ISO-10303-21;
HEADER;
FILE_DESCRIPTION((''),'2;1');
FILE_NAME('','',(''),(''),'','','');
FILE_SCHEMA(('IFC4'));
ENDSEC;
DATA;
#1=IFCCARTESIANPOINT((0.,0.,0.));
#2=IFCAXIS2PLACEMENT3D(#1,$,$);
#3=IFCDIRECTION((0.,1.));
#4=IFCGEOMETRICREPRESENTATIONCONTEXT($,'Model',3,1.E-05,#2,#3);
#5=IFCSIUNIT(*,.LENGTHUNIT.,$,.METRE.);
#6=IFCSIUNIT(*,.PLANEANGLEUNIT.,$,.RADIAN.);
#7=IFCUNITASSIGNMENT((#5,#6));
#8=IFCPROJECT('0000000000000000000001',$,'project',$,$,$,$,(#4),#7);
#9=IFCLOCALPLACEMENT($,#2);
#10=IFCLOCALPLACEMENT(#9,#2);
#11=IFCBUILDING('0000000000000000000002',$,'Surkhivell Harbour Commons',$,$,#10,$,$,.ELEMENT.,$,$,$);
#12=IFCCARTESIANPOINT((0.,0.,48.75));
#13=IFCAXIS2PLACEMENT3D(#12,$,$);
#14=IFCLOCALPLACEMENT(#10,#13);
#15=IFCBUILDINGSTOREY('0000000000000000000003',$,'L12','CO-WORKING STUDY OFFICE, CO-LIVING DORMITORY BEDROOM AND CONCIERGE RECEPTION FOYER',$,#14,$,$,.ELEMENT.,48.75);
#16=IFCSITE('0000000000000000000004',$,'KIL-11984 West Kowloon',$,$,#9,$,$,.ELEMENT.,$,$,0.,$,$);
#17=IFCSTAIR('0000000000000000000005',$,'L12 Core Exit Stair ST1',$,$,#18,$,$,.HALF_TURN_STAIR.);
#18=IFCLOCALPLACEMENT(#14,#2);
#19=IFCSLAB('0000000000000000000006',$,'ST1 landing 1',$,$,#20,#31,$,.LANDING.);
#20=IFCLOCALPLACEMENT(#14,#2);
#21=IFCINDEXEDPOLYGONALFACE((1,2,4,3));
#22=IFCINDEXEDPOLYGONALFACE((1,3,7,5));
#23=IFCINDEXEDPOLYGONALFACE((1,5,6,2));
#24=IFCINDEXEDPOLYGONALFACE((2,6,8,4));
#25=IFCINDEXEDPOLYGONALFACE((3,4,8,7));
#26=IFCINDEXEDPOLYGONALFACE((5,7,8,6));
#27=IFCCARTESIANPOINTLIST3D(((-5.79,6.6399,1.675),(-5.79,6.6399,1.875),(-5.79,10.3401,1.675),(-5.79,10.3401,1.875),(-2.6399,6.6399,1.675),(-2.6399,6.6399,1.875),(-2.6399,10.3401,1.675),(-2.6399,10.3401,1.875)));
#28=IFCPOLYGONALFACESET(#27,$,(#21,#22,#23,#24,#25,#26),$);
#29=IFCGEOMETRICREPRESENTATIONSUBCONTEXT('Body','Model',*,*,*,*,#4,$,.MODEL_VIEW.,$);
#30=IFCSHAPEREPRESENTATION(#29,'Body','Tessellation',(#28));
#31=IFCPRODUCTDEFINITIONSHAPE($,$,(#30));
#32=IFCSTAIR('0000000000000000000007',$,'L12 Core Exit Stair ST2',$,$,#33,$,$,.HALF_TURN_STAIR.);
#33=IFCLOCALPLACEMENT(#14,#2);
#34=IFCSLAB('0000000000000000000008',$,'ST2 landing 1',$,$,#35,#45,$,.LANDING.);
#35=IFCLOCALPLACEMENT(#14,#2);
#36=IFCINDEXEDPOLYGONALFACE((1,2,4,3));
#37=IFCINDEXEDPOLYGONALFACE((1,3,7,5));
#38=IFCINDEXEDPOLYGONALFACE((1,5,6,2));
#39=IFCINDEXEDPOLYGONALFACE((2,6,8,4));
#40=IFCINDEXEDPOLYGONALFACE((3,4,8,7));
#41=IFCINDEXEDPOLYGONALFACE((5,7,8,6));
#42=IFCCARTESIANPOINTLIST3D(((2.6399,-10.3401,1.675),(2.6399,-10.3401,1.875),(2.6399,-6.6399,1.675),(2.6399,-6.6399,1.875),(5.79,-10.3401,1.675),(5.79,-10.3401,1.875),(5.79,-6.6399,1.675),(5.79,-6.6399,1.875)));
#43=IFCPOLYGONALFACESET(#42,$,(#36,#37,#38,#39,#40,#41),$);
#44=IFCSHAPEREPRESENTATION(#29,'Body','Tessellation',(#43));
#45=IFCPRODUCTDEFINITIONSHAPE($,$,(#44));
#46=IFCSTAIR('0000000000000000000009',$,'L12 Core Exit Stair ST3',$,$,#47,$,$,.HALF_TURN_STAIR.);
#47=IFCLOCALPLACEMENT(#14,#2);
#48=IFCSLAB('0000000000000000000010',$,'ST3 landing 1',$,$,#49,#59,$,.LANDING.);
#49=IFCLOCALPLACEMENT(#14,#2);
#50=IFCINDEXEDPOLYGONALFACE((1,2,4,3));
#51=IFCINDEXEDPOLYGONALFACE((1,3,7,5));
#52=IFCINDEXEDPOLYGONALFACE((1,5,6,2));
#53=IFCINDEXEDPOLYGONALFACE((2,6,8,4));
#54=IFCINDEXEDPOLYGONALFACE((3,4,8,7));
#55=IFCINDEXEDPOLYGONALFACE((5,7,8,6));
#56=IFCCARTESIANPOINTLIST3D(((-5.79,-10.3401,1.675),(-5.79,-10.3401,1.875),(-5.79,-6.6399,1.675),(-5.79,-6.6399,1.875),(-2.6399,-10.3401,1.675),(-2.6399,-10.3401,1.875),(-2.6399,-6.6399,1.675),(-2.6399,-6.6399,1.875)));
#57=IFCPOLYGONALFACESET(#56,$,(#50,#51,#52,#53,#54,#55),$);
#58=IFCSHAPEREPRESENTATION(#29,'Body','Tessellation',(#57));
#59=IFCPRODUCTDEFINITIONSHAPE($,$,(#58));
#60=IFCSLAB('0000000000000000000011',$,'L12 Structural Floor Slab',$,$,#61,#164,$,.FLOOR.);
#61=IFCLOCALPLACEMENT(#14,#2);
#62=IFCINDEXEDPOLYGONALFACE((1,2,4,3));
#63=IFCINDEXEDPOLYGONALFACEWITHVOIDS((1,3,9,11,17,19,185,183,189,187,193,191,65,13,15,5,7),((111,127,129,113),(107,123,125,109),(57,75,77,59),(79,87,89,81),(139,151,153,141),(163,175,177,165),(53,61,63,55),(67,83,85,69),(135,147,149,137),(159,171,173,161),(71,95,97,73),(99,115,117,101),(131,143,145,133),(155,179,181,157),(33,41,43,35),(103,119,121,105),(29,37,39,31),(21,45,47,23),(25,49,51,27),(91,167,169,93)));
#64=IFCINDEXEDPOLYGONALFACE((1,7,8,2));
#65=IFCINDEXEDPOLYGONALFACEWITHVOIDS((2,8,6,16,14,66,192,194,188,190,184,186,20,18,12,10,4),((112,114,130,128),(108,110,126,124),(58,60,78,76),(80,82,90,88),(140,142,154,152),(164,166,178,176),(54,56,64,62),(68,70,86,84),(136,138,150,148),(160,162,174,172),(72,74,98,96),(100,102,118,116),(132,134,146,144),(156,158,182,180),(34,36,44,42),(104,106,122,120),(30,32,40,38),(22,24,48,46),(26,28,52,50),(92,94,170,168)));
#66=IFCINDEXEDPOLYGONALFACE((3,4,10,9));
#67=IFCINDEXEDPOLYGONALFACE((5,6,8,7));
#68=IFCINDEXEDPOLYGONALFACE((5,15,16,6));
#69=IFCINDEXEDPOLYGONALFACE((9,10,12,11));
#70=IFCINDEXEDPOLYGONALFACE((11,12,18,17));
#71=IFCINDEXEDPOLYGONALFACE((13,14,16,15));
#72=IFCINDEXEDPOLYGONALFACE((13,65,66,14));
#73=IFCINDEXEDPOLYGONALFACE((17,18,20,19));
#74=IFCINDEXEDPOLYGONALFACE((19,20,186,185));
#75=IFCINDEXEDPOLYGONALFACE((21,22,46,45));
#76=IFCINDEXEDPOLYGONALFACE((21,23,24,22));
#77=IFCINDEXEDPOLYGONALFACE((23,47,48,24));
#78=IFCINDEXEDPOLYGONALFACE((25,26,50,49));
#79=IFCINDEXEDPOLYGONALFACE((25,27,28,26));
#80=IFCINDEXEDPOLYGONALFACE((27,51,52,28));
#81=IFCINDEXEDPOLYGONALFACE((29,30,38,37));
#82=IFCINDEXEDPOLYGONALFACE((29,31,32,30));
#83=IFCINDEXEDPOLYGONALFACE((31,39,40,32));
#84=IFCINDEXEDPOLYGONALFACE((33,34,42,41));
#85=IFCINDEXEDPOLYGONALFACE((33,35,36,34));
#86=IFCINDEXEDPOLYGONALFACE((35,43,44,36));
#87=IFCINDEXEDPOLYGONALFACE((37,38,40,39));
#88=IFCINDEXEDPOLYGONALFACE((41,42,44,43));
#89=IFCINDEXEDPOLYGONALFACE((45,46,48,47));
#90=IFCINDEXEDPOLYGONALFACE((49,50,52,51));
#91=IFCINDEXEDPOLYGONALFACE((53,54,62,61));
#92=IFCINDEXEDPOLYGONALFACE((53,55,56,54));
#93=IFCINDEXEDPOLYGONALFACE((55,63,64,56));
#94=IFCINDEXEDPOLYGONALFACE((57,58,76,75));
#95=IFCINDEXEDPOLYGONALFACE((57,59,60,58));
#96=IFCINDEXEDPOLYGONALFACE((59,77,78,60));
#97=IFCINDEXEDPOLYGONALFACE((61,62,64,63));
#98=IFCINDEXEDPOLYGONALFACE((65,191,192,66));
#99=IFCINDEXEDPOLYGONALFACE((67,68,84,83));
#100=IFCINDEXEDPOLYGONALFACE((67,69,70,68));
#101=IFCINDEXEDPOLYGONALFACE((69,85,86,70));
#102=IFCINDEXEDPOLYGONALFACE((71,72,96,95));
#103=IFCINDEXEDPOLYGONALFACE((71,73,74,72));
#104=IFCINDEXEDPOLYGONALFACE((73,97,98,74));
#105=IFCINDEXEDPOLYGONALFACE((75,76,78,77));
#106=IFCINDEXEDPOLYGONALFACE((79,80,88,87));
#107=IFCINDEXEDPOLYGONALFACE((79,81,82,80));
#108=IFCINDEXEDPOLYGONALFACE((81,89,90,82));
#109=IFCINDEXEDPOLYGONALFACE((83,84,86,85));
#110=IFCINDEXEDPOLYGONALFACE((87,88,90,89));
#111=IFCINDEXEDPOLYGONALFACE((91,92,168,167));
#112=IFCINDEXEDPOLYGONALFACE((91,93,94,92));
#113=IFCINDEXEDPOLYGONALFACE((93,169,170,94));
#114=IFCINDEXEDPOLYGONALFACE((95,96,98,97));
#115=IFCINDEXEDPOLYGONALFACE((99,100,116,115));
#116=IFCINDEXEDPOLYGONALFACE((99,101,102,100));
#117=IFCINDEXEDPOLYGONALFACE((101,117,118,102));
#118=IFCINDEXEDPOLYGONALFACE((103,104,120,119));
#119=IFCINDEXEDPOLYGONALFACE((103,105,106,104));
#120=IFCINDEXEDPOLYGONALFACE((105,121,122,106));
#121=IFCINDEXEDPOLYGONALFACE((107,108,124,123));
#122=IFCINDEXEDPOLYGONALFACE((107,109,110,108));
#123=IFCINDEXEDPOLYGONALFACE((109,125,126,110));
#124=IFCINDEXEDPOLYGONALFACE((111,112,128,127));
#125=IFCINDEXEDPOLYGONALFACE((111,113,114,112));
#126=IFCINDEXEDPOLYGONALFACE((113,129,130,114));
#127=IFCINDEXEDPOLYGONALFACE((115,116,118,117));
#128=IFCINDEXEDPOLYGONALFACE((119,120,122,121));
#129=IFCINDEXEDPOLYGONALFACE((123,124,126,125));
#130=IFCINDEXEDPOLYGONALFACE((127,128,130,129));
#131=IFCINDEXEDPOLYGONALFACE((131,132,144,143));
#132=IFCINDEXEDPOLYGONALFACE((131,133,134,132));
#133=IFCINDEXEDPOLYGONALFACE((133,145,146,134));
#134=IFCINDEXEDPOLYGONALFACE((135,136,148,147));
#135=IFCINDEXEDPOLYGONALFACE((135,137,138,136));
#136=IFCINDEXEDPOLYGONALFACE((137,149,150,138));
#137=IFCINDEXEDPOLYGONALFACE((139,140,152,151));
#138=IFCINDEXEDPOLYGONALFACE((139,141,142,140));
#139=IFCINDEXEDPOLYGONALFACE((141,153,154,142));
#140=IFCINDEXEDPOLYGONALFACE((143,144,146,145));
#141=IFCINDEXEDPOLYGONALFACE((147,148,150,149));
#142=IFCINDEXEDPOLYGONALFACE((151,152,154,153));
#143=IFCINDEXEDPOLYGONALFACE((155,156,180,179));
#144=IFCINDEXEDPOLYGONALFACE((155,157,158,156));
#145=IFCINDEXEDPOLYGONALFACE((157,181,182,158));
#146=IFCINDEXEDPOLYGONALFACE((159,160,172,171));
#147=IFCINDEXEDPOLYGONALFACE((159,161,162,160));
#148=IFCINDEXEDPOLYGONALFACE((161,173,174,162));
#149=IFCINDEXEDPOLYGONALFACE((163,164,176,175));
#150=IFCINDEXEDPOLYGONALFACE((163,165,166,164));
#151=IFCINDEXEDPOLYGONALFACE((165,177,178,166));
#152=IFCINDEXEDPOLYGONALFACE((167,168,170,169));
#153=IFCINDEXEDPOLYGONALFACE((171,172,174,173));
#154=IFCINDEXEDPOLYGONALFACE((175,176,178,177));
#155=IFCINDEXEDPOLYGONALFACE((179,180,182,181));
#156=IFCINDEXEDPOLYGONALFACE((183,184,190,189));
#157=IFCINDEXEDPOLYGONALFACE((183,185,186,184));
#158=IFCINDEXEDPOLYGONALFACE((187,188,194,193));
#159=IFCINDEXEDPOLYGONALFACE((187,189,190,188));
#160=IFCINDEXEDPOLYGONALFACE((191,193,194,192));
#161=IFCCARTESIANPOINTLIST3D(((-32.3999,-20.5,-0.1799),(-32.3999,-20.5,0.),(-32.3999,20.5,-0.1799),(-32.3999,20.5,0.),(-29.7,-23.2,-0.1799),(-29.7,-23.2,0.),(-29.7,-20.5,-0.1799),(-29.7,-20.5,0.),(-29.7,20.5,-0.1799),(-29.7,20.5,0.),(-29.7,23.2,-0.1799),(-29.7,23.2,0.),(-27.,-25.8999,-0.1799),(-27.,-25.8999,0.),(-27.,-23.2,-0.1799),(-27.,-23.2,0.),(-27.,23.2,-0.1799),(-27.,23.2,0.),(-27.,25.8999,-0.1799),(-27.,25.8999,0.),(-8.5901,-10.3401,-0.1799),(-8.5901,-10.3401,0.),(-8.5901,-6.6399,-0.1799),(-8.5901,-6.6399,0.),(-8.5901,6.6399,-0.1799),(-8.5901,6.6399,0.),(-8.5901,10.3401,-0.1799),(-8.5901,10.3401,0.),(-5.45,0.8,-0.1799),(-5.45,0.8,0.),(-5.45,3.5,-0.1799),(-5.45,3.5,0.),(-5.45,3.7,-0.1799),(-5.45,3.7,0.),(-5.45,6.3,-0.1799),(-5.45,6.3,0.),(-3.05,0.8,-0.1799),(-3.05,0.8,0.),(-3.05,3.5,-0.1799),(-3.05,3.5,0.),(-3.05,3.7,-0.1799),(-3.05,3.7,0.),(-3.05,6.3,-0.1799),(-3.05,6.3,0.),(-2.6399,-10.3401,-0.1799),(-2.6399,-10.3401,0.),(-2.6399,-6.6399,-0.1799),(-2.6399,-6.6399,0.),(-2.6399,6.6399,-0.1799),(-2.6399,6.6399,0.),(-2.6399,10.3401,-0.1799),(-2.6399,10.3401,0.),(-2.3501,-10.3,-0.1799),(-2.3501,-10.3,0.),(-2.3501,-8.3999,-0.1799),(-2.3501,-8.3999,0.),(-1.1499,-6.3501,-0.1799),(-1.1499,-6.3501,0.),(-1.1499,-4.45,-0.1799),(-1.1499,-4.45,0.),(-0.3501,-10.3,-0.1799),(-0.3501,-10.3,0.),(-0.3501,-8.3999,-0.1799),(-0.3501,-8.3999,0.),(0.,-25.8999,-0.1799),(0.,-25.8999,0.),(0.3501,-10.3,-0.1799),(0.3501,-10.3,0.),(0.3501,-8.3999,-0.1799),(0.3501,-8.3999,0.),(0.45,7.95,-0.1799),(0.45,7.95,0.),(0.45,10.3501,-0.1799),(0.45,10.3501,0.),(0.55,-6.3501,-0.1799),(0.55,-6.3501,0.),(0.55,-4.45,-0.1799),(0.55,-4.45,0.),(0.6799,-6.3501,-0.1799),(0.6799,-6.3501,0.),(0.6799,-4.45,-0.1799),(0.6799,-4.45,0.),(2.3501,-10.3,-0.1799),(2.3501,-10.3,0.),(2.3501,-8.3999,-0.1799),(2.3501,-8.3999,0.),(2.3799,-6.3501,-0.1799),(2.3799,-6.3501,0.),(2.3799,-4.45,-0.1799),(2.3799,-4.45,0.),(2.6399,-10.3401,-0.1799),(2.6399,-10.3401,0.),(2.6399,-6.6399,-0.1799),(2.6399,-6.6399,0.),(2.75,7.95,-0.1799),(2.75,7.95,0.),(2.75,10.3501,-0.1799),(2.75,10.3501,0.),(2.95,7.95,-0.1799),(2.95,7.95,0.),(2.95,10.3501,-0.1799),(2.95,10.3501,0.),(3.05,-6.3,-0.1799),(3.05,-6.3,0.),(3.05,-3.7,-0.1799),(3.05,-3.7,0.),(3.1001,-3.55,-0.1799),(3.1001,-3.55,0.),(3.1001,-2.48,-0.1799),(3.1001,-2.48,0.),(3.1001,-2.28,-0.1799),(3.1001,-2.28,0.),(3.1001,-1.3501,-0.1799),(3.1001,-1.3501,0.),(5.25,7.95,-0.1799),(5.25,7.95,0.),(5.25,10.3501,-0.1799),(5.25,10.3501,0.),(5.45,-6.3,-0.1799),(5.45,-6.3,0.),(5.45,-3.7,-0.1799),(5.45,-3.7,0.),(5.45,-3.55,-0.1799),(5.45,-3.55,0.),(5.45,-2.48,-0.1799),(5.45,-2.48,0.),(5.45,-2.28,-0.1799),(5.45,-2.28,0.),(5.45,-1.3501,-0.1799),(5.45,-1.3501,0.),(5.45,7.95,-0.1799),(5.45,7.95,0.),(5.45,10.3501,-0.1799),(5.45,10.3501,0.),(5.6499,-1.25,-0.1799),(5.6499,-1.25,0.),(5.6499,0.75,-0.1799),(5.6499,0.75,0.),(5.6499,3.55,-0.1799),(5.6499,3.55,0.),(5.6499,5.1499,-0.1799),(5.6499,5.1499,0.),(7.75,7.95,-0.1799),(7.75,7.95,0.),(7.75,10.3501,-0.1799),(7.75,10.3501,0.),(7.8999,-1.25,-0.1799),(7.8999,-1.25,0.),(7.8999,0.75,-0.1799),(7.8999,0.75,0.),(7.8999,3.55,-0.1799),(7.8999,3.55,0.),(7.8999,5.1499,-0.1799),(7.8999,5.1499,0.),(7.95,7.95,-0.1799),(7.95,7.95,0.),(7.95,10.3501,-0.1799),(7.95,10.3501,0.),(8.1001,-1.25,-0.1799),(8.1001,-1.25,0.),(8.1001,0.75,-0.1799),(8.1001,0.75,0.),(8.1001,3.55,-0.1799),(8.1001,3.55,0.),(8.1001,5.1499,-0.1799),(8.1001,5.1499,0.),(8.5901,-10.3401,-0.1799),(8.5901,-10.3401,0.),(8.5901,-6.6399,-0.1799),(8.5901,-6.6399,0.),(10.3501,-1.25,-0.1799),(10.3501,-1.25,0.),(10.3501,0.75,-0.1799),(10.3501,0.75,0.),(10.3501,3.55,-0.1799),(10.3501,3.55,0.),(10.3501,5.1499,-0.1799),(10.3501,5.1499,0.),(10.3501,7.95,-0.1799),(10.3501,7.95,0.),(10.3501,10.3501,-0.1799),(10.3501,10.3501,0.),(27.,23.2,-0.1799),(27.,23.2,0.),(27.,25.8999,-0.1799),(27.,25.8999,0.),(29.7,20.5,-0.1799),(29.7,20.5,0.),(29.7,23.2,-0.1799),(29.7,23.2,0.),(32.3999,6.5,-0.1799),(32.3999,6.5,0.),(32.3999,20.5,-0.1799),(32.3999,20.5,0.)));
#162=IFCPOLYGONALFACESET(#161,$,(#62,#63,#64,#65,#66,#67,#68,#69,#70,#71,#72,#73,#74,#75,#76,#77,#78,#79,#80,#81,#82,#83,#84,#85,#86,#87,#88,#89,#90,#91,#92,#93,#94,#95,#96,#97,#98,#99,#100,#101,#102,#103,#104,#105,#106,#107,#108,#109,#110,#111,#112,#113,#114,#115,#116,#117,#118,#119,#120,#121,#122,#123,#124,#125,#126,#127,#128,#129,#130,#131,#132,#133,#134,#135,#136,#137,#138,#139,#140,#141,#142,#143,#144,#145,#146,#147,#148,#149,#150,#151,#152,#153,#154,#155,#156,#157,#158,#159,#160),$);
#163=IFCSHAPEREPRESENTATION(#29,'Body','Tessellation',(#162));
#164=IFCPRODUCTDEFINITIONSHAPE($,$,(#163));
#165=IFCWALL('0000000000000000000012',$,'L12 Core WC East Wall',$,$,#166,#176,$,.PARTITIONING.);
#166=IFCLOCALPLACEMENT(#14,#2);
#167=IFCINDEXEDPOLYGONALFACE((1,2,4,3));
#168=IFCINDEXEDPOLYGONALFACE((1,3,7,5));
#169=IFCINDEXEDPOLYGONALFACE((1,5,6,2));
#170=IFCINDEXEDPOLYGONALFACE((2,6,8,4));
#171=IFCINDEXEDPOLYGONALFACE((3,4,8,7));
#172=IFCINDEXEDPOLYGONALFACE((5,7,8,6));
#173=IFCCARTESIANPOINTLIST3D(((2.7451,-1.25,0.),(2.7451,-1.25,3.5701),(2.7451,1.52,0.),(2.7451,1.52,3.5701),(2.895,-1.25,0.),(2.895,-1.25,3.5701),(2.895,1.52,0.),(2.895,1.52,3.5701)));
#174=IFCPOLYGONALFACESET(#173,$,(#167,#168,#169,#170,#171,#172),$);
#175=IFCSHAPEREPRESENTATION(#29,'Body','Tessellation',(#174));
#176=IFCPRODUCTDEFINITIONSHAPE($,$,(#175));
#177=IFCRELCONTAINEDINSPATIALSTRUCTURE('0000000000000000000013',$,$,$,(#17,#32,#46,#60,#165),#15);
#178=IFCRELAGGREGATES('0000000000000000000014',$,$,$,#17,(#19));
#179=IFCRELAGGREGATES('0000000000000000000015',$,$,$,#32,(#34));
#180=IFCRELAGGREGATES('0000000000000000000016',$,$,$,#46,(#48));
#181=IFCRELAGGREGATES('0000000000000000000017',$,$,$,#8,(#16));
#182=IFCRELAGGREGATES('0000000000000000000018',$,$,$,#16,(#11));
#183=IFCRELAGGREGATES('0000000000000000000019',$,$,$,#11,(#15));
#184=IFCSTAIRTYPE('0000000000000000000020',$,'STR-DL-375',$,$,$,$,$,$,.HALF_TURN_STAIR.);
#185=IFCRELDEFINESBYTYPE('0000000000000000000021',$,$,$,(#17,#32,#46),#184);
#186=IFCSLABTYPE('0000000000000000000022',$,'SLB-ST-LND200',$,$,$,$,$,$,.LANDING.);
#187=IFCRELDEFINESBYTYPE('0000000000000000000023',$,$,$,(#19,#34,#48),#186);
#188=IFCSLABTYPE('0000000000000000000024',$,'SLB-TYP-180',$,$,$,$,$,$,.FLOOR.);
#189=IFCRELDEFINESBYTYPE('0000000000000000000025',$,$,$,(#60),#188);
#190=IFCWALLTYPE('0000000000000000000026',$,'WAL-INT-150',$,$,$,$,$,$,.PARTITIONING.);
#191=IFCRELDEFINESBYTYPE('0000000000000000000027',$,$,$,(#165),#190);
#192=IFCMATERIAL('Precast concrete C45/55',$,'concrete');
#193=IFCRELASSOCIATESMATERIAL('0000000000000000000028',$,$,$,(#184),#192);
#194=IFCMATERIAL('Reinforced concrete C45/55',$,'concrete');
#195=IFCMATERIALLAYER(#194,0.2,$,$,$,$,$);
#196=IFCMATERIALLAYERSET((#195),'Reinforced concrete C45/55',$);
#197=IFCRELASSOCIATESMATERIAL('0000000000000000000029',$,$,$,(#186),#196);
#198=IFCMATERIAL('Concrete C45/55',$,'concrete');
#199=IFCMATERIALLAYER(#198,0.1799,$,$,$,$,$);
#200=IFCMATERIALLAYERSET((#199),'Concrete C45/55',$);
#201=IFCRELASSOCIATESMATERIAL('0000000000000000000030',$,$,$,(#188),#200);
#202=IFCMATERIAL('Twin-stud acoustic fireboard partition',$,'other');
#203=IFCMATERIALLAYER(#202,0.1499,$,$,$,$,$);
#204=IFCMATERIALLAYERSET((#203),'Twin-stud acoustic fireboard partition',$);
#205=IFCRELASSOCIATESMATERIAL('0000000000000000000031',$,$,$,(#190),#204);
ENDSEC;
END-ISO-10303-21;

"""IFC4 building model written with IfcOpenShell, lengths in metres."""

from ifc_helpers import new_model, si_unit, direction, frame, frame_2d, origin, place, context, subcontext, project, spatial, polyline, rectangle, outline, extrude, material, layer, layer_set, type_object, element, aggregate, save


model = new_model("IFC4")

# Units and contexts
model_context = context("Model", 3, precision=1e-05, world=origin(), true_north=direction((0.0, 1.0)))
body_context = subcontext(model_context, "Body", "Model", "MODEL_VIEW")
ifc_project = project(units=[si_unit("LENGTHUNIT", "METRE"), si_unit("PLANEANGLEUNIT", "RADIAN")], contexts=[model_context])

# Site, building, storey
site_placement = place(None, origin())
site = spatial("IfcSite", under=ifc_project, at=site_placement, Name="KIL-11984 West Kowloon", CompositionType="ELEMENT", RefElevation=0.0)
building_placement = place(site_placement, origin())
building = spatial("IfcBuilding", under=site, at=building_placement, Name="Surkhivell Harbour Commons", CompositionType="ELEMENT")
storey_placement = place(building_placement, frame((0.0, 0.0, 48.75)))
storey = spatial("IfcBuildingStorey", under=building, at=storey_placement, Name="L12", Description="CO-WORKING STUDY OFFICE, CO-LIVING DORMITORY BEDROOM AND CONCIERGE RECEPTION FOYER", CompositionType="ELEMENT", Elevation=48.75)

# Stairs, slabs
ifc_material_1 = material(Name="Precast concrete C45/55", Category="concrete")
stair_type = type_object("IfcStairType", Name="STR-DL-375", PredefinedType="HALF_TURN_STAIR", material=ifc_material_1)
stair_1_placement = place(storey_placement, origin())
stair_1 = element("IfcStair", 1, at=stair_1_placement, inside=storey, type_object=stair_type, Name="L12 Core Exit Stair ST1", PredefinedType="HALF_TURN_STAIR")
ifc_material_2 = material(Name="Reinforced concrete C45/55", Category="concrete")
ifc_layer_1 = layer(ifc_material_2, 0.2)
ifc_layer_set_1 = layer_set([ifc_layer_1], Name="Reinforced concrete C45/55")
slab_type_1 = type_object("IfcSlabType", Name="SLB-ST-LND200", PredefinedType="LANDING", material=ifc_layer_set_1)
slab_1_placement = place(storey_placement, frame((0.0, 0.0, 1.675)))
slab_1 = element("IfcSlab", 2, at=slab_1_placement, type_object=slab_type_1, Name="ST1 landing 1", PredefinedType="LANDING", context=body_context, shape_type="SweptSolid", body=[
    extrude(outline(polyline([(-5.79, 6.6399), (-2.6399, 6.6399), (-2.6399, 10.3401), (-5.79, 10.3401), (-5.79, 6.6399)])), origin(), (0.0, 0.0, 1.0), 0.2),
])
aggregate(stair_1, [slab_1])
stair_2_placement = place(storey_placement, origin())
stair_2 = element("IfcStair", 3, at=stair_2_placement, inside=storey, type_object=stair_type, Name="L12 Core Exit Stair ST2", PredefinedType="HALF_TURN_STAIR")
slab_2_placement = place(storey_placement, frame((0.0, 0.0, 1.675)))
slab_2 = element("IfcSlab", 4, at=slab_2_placement, type_object=slab_type_1, Name="ST2 landing 1", PredefinedType="LANDING", context=body_context, shape_type="SweptSolid", body=[
    extrude(outline(polyline([(5.79, -6.6399), (2.6399, -6.6399), (2.6399, -10.3401), (5.79, -10.3401), (5.79, -6.6399)])), origin(), (0.0, 0.0, 1.0), 0.2),
])
aggregate(stair_2, [slab_2])
stair_3_placement = place(storey_placement, origin())
stair_3 = element("IfcStair", 5, at=stair_3_placement, inside=storey, type_object=stair_type, Name="L12 Core Exit Stair ST3", PredefinedType="HALF_TURN_STAIR")
slab_3_placement = place(storey_placement, frame((0.0, 0.0, 1.675)))
slab_3 = element("IfcSlab", 6, at=slab_3_placement, type_object=slab_type_1, Name="ST3 landing 1", PredefinedType="LANDING", context=body_context, shape_type="SweptSolid", body=[
    extrude(outline(polyline([(-5.79, -10.3401), (-2.6399, -10.3401), (-2.6399, -6.6399), (-5.79, -6.6399), (-5.79, -10.3401)])), origin(), (0.0, 0.0, 1.0), 0.2),
])
aggregate(stair_3, [slab_3])

# Slab
ifc_material_3 = material(Name="Concrete C45/55", Category="concrete")
ifc_layer_2 = layer(ifc_material_3, 0.1799)
ifc_layer_set_2 = layer_set([ifc_layer_2], Name="Concrete C45/55")
slab_type_2 = type_object("IfcSlabType", Name="SLB-TYP-180", PredefinedType="FLOOR", material=ifc_layer_set_2)
slab_4_placement = place(storey_placement, frame((0.0, 0.0, -0.1799)))
element("IfcSlab", 7, at=slab_4_placement, inside=storey, type_object=slab_type_2, Name="L12 Structural Floor Slab", PredefinedType="FLOOR", context=body_context, shape_type="SweptSolid", body=[
    extrude(outline(polyline([(-27.0, -25.8999), (0.0, -25.8999), (32.3999, 6.5), (32.3999, 20.5), (29.7, 20.5), (29.7, 23.2), (27.0, 23.2), (27.0, 25.8999), (-27.0, 25.8999), (-27.0, 23.2), (-29.7, 23.2), (-29.7, 20.5), (-32.3999, 20.5), (-32.3999, -20.5), (-29.7, -20.5), (-29.7, -23.2), (-27.0, -23.2), (-27.0, -25.8999)]), holes=[polyline([(-8.5901, 6.6399), (-2.6399, 6.6399), (-2.6399, 10.3401), (-8.5901, 10.3401), (-8.5901, 6.6399)]), polyline([(8.5901, -6.6399), (2.6399, -6.6399), (2.6399, -10.3401), (8.5901, -10.3401), (8.5901, -6.6399)]), polyline([(-8.5901, -10.3401), (-2.6399, -10.3401), (-2.6399, -6.6399), (-8.5901, -6.6399), (-8.5901, -10.3401)]), polyline([(0.45, 7.95), (2.75, 7.95), (2.75, 10.3501), (0.45, 10.3501), (0.45, 7.95)]), polyline([(2.95, 7.95), (5.25, 7.95), (5.25, 10.3501), (2.95, 10.3501), (2.95, 7.95)]), polyline([(5.45, 7.95), (7.75, 7.95), (7.75, 10.3501), (5.45, 10.3501), (5.45, 7.95)]), polyline([(7.95, 7.95), (10.3501, 7.95), (10.3501, 10.3501), (7.95, 10.3501), (7.95, 7.95)]), polyline([(5.6499, 3.55), (7.8999, 3.55), (7.8999, 5.1499), (5.6499, 5.1499), (5.6499, 3.55)]), polyline([(8.1001, 3.55), (10.3501, 3.55), (10.3501, 5.1499), (8.1001, 5.1499), (8.1001, 3.55)]), polyline([(5.6499, -1.25), (7.8999, -1.25), (7.8999, 0.75), (5.6499, 0.75), (5.6499, -1.25)]), polyline([(8.1001, -1.25), (10.3501, -1.25), (10.3501, 0.75), (8.1001, 0.75), (8.1001, -1.25)]), polyline([(-1.1499, -6.3501), (0.55, -6.3501), (0.55, -4.45), (-1.1499, -4.45), (-1.1499, -6.3501)]), polyline([(0.6799, -6.3501), (2.3799, -6.3501), (2.3799, -4.45), (0.6799, -4.45), (0.6799, -6.3501)]), polyline([(-2.3501, -10.3), (-0.3501, -10.3), (-0.3501, -8.3999), (-2.3501, -8.3999), (-2.3501, -10.3)]), polyline([(0.3501, -10.3), (2.3501, -10.3), (2.3501, -8.3999), (0.3501, -8.3999), (0.3501, -10.3)]), polyline([(-5.45, 3.7), (-3.05, 3.7), (-3.05, 6.3), (-5.45, 6.3), (-5.45, 3.7)]), polyline([(3.05, -6.3), (5.45, -6.3), (5.45, -3.7), (3.05, -3.7), (3.05, -6.3)]), polyline([(-5.45, 0.8), (-3.05, 0.8), (-3.05, 3.5), (-5.45, 3.5), (-5.45, 0.8)]), polyline([(3.1001, -3.55), (5.45, -3.55), (5.45, -2.48), (3.1001, -2.48), (3.1001, -3.55)]), polyline([(3.1001, -2.28), (5.45, -2.28), (5.45, -1.3501), (3.1001, -1.3501), (3.1001, -2.28)])]), origin(), (0.0, 0.0, 1.0), 0.1799),
])

# Wall
ifc_material_4 = material(Name="Twin-stud acoustic fireboard partition", Category="other")
ifc_layer_3 = layer(ifc_material_4, 0.1499)
ifc_layer_set_3 = layer_set([ifc_layer_3], Name="Twin-stud acoustic fireboard partition")
wall_type_1 = type_object("IfcWallType", Name="WAL-INT-150", PredefinedType="PARTITIONING", material=ifc_layer_set_3)
wall_1_placement = place(storey_placement, frame((2.8201, -1.25, 0.0), z_axis=(0.0, 0.0, 1.0), x_axis=(0.0, 1.0, 0.0)))
element("IfcWall", 8, at=wall_1_placement, inside=storey, type_object=wall_type_1, Name="L12 Core WC East Wall", PredefinedType="PARTITIONING", context=body_context, shape_type="SweptSolid", body=[
    extrude(rectangle(XDim=2.77, YDim=0.1499, at=frame_2d((1.385, 0.0))), origin(), (0.0, 0.0, 1.0), 3.5701),
])

save(model, "model.ifc")
